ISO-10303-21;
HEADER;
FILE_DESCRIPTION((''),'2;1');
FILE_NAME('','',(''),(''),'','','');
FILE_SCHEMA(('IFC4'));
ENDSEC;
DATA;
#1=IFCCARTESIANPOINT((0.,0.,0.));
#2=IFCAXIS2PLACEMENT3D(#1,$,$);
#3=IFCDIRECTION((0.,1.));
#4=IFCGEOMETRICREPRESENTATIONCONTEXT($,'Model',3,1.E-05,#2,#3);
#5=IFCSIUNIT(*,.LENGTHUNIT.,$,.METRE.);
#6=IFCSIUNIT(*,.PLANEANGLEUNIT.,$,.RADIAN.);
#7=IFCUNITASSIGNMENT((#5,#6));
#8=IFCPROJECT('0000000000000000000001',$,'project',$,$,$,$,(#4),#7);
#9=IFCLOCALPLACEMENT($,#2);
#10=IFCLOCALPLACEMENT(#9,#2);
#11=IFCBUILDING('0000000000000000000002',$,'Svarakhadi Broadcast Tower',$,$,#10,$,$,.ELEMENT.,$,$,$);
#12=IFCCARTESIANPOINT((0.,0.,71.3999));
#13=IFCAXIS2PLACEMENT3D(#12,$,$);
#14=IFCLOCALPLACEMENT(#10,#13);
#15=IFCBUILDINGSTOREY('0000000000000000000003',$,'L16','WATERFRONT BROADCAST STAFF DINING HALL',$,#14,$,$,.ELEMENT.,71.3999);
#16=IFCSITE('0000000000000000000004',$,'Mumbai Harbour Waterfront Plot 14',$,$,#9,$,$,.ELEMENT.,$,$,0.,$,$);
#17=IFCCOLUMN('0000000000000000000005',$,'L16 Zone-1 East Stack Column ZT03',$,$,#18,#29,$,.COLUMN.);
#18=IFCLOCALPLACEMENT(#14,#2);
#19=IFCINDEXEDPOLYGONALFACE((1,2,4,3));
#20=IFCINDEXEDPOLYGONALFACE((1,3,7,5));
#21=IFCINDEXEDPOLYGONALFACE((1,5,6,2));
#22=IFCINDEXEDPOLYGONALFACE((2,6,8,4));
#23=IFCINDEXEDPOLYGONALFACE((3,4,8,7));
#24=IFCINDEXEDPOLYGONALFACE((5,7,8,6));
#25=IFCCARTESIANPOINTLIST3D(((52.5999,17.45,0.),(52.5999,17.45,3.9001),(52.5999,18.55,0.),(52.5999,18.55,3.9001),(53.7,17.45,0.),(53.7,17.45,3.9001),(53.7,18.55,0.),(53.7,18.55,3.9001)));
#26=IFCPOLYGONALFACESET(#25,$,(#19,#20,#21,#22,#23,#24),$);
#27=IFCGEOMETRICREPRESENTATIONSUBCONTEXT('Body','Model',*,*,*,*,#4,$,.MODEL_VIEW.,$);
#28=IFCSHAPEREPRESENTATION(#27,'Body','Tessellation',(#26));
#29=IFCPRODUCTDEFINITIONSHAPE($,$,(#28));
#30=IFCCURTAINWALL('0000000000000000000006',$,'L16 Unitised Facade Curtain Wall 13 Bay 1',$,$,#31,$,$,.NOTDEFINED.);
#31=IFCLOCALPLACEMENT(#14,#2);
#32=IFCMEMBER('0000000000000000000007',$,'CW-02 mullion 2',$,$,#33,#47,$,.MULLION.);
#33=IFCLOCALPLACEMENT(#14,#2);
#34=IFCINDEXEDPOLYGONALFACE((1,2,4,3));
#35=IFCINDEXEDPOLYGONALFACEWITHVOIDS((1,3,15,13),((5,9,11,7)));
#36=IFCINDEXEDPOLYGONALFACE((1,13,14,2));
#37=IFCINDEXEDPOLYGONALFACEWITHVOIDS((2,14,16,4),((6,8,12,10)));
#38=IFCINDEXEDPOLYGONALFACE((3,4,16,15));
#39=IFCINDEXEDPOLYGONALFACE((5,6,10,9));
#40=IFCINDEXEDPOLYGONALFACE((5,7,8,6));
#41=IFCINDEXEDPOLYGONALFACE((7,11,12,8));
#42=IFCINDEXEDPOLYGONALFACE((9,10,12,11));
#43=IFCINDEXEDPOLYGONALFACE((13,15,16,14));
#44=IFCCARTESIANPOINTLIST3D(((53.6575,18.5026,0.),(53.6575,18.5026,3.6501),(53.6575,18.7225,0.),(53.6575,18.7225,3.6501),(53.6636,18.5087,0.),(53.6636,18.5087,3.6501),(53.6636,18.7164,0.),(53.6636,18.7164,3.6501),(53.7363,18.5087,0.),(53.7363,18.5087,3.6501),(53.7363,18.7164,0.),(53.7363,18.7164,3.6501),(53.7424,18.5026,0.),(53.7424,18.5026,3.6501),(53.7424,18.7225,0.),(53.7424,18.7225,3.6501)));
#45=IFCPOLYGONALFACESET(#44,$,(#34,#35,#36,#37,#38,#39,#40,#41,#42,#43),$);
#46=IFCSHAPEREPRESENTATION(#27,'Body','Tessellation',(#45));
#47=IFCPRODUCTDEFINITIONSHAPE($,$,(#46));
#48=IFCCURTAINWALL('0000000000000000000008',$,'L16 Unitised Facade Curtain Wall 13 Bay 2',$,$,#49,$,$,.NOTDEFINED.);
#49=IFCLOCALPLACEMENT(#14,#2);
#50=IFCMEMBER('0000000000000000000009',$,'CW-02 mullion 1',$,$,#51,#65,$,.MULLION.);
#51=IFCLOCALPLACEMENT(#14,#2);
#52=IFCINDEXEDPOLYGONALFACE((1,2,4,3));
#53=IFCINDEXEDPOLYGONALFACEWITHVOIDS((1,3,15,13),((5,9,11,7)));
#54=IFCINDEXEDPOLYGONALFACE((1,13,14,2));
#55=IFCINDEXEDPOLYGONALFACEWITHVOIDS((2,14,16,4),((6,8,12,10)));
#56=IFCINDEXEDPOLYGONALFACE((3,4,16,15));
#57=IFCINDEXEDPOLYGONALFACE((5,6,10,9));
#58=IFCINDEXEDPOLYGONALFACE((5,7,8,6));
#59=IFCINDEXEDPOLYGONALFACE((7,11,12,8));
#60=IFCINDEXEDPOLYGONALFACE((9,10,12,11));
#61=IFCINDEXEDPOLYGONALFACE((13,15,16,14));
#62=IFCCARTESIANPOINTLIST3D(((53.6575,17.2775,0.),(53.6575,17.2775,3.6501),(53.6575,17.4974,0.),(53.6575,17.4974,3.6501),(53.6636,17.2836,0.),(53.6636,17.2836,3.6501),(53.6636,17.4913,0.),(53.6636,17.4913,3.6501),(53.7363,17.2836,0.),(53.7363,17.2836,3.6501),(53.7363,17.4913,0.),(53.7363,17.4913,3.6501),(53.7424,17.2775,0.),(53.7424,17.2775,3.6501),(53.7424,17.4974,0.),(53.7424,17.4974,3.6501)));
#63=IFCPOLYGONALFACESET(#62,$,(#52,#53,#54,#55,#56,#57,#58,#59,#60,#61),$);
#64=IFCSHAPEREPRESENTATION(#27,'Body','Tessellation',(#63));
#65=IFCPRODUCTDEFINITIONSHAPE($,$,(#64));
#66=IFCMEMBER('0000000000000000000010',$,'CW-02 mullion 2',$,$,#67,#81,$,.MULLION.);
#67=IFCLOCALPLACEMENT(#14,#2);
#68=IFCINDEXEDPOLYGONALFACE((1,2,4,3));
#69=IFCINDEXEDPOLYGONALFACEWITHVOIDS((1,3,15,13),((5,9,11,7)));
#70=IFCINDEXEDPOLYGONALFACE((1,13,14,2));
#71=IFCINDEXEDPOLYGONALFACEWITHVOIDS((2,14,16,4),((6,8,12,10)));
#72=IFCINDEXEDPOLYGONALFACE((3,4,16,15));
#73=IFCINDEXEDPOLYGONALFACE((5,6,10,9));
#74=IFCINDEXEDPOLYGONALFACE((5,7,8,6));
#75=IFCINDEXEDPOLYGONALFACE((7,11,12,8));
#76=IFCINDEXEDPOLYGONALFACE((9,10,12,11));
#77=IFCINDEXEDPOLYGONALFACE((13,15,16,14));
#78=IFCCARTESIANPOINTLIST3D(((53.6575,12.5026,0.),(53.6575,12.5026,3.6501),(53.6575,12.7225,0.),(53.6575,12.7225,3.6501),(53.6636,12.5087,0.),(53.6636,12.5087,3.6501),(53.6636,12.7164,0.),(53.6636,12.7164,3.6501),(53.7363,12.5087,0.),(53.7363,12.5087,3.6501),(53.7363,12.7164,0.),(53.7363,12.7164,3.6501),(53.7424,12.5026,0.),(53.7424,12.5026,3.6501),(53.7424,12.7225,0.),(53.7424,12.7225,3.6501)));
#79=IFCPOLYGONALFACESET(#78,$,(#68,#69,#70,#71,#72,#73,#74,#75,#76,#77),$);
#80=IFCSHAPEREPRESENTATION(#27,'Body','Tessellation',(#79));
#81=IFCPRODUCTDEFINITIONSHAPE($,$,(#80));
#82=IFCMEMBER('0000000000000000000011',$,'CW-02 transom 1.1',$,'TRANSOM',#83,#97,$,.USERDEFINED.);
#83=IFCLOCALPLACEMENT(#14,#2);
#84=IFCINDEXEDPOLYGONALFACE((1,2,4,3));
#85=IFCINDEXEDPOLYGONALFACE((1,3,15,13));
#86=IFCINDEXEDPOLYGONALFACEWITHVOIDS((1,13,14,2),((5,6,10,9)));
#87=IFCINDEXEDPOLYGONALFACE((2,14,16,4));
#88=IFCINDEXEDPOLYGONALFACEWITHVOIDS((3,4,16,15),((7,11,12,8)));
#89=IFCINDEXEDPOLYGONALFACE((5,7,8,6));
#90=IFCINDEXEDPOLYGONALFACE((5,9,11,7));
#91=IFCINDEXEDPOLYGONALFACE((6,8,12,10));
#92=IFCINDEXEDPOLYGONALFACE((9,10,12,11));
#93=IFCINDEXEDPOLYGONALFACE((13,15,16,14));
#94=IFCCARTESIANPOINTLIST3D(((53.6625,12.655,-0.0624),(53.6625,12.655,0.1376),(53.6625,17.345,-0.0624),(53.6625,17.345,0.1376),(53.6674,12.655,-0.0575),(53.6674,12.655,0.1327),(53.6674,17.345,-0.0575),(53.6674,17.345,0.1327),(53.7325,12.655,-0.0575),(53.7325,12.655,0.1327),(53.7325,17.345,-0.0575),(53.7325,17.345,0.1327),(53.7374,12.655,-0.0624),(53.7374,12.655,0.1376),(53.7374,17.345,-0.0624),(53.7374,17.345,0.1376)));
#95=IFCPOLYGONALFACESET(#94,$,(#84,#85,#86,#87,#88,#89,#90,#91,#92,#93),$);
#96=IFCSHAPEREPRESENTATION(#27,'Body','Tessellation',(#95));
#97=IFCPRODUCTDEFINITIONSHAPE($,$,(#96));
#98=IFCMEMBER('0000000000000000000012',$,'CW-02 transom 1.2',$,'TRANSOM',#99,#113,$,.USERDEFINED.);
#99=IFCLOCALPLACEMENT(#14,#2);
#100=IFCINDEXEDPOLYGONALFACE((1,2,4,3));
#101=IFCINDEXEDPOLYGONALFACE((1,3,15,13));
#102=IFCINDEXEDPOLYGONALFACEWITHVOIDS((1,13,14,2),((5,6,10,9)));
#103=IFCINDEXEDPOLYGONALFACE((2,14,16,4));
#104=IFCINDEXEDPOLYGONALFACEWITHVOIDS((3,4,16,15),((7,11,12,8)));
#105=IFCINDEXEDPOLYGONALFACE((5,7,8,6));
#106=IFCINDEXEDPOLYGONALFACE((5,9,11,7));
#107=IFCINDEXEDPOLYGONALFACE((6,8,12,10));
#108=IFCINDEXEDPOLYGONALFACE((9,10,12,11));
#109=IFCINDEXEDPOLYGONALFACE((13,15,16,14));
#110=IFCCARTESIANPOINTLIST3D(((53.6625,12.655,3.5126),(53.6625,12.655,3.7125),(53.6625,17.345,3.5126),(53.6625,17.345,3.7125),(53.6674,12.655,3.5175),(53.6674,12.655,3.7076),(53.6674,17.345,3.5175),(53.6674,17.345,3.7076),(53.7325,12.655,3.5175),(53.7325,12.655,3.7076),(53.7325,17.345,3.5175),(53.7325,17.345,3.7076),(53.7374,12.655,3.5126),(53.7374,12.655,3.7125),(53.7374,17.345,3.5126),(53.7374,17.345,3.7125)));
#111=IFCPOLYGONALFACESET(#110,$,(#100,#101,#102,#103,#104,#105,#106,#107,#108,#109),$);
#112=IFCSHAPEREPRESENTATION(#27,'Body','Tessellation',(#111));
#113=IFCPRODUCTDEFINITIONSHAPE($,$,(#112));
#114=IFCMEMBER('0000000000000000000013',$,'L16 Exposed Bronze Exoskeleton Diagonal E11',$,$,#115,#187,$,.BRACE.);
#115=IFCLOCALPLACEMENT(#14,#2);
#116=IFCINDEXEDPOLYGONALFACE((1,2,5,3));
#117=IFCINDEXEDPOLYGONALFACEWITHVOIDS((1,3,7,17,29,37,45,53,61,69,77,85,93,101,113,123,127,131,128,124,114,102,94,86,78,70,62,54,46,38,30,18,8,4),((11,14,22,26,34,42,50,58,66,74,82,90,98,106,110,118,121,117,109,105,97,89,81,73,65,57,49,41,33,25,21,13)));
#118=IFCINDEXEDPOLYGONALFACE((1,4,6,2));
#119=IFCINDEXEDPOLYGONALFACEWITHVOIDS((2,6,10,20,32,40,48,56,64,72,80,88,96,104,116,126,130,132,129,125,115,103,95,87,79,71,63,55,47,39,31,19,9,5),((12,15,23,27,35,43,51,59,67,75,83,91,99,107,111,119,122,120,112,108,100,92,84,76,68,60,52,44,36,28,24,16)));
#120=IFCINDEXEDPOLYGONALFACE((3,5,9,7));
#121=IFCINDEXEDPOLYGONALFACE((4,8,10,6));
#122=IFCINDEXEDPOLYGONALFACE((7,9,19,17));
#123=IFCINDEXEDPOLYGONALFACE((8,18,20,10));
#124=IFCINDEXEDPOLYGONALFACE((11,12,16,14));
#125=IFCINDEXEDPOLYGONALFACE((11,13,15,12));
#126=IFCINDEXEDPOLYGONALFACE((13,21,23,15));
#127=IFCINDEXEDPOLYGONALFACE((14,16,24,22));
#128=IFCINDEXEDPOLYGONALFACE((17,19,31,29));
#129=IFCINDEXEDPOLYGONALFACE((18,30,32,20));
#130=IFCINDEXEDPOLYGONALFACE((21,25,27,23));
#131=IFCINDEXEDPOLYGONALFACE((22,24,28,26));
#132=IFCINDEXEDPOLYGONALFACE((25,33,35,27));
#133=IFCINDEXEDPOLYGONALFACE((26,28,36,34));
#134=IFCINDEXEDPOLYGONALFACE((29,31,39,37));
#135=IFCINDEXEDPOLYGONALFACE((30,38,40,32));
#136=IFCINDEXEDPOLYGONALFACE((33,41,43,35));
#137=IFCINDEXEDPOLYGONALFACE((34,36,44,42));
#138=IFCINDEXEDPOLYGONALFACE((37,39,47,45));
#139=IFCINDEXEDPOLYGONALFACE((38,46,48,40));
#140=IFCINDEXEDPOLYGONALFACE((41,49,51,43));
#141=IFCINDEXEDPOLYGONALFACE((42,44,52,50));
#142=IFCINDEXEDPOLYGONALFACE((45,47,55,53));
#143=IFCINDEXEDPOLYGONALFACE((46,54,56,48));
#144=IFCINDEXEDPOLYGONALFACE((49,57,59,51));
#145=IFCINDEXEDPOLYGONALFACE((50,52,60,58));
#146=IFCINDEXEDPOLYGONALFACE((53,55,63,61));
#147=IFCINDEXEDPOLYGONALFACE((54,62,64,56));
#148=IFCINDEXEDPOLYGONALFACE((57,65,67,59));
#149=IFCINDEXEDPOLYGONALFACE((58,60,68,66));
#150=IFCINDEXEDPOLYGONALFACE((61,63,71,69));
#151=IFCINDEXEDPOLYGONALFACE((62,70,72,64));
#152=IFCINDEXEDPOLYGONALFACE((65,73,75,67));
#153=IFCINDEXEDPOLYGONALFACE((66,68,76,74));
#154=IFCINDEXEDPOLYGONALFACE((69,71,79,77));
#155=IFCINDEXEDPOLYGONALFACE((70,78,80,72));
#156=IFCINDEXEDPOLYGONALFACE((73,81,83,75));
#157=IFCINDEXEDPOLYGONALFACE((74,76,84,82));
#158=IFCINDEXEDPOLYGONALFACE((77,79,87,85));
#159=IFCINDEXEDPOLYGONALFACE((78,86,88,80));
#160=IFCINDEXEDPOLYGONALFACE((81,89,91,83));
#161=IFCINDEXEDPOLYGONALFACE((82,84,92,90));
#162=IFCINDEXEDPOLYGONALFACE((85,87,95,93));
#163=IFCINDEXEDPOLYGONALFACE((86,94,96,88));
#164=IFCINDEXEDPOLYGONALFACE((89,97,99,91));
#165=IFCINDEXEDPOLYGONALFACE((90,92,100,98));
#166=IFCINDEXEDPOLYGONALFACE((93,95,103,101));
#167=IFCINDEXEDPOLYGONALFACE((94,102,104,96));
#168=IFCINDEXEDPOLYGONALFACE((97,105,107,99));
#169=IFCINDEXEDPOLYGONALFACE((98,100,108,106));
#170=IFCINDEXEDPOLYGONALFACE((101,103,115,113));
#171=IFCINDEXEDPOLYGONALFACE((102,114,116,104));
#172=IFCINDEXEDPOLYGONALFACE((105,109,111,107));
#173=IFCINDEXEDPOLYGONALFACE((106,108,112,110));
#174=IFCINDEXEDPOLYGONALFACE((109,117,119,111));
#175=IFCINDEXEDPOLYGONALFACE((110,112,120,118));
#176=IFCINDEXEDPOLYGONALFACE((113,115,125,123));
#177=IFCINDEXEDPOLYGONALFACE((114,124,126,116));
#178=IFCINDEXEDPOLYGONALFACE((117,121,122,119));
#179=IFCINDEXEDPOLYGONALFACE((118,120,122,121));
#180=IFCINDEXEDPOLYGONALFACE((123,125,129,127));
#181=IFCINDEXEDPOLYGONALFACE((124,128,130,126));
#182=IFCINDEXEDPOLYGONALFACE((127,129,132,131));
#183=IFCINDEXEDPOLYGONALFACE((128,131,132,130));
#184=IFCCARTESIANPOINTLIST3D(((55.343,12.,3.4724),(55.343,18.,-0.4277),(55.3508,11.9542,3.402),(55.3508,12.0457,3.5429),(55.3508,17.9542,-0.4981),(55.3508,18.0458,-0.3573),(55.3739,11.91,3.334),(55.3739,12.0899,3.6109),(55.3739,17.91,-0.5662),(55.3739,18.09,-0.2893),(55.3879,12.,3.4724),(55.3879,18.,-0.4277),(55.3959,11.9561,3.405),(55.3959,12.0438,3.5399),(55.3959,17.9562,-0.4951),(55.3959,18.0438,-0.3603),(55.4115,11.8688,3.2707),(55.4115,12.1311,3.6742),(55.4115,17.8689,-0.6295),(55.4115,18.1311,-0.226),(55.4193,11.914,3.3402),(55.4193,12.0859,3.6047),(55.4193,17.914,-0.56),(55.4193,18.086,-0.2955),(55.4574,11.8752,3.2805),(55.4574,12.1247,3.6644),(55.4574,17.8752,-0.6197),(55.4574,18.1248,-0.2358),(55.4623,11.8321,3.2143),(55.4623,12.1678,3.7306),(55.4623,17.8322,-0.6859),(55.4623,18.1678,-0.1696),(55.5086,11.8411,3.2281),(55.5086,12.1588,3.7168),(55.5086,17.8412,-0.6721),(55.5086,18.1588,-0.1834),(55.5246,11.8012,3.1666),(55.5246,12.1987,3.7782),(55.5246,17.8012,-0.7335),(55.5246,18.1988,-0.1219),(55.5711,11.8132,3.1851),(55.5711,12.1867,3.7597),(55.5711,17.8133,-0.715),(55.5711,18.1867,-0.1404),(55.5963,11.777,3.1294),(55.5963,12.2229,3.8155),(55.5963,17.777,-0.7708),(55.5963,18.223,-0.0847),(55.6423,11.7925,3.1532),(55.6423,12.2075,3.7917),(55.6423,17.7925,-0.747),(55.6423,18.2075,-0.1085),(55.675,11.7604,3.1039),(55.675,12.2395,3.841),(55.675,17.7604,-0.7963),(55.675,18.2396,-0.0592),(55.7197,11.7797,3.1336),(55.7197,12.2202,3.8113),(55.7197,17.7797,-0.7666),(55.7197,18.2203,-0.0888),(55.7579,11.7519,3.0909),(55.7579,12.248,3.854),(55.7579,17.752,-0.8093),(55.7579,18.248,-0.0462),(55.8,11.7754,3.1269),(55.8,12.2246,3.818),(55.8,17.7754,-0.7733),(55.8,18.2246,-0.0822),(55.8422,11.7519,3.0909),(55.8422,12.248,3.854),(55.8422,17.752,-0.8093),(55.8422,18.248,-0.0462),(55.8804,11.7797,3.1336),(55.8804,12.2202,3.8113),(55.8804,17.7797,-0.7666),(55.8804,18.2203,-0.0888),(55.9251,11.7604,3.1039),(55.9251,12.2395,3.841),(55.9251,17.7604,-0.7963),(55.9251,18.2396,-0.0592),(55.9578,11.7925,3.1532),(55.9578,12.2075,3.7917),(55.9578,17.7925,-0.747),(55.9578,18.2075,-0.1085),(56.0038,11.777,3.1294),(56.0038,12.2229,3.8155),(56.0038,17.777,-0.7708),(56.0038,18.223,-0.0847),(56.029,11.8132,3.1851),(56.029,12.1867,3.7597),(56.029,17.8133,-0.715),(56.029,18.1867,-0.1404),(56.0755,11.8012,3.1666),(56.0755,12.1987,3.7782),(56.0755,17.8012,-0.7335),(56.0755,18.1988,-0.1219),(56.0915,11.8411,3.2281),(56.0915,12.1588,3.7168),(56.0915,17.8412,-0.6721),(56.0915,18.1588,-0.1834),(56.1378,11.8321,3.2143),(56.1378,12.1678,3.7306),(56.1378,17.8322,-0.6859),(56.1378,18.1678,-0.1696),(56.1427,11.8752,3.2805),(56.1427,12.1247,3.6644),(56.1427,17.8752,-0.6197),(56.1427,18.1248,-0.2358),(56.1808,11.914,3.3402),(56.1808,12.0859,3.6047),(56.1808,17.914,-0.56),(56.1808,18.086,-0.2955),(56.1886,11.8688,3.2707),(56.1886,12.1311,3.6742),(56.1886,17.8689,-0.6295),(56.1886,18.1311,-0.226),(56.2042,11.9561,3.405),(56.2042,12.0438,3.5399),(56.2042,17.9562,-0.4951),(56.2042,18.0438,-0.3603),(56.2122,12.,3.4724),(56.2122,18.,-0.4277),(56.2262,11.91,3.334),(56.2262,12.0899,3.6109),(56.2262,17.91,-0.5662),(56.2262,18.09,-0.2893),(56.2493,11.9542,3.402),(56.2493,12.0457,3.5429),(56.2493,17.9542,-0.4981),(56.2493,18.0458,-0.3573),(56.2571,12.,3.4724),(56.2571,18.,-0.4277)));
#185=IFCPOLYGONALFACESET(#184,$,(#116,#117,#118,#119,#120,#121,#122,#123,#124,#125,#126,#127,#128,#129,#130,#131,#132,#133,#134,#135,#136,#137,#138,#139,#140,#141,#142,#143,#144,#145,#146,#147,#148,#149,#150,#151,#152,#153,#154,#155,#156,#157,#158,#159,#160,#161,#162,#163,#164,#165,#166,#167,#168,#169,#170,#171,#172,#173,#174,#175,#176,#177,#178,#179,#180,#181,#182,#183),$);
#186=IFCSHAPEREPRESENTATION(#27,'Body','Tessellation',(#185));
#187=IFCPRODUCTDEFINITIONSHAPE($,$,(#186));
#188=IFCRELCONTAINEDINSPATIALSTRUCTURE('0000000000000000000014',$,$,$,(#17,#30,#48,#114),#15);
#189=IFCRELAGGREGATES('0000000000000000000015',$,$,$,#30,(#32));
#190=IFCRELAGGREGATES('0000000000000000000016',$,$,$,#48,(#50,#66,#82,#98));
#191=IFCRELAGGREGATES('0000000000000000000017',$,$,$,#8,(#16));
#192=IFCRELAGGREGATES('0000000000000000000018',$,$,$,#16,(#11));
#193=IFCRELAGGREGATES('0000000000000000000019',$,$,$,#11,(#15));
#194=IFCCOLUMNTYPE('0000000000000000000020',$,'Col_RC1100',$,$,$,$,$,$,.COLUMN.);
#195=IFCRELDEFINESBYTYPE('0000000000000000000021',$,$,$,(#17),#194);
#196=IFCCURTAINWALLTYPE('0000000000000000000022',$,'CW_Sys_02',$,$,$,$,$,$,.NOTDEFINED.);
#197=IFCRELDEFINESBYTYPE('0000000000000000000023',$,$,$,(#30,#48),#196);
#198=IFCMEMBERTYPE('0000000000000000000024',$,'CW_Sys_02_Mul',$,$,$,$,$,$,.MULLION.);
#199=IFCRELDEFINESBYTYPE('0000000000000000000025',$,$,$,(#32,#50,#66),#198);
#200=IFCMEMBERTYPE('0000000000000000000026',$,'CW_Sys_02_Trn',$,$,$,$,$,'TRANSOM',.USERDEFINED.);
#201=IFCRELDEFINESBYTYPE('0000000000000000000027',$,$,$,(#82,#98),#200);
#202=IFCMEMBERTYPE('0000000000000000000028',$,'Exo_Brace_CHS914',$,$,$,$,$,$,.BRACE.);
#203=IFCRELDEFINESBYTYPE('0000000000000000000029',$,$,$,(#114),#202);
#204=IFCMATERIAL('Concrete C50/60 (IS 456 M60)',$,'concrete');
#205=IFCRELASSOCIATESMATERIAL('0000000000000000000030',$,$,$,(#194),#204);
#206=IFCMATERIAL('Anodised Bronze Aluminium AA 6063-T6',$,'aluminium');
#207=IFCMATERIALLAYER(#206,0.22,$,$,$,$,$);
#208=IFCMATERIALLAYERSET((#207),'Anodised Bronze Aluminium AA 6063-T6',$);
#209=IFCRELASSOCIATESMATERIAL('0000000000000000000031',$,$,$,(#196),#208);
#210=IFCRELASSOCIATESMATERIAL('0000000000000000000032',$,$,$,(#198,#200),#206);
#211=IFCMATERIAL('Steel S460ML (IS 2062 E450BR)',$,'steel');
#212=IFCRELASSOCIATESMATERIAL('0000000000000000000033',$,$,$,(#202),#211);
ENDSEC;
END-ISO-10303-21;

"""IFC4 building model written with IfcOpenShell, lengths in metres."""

from ifc_helpers import new_model, si_unit, direction, frame, origin, origin_2d, place, context, subcontext, project, spatial, rectangle, hollow_rectangle, hollow_circle, extrude, material, layer, layer_set, material_profile, profile_set, type_object, element, aggregate, save


model = new_model("IFC4")

# Units and contexts
model_context = context("Model", 3, precision=1e-05, world=origin(), true_north=direction((0.0, 1.0)))
body_context = subcontext(model_context, "Body", "Model", "MODEL_VIEW")
ifc_project = project(units=[si_unit("LENGTHUNIT", "METRE"), si_unit("PLANEANGLEUNIT", "RADIAN")], contexts=[model_context])

# Site, building, storey
site_placement = place(None, origin())
site = spatial("IfcSite", under=ifc_project, at=site_placement, Name="Mumbai Harbour Waterfront Plot 14", CompositionType="ELEMENT", RefElevation=0.0)
building_placement = place(site_placement, origin())
building = spatial("IfcBuilding", under=site, at=building_placement, Name="Svarakhadi Broadcast Tower", CompositionType="ELEMENT")
storey_placement = place(building_placement, frame((0.0, 0.0, 71.3999)))
storey = spatial("IfcBuildingStorey", under=building, at=storey_placement, Name="L16", Description="WATERFRONT BROADCAST STAFF DINING HALL", CompositionType="ELEMENT", Elevation=71.3999)

# Column
ifc_material_1 = material(Name="Concrete C50/60 (IS 456 M60)", Category="concrete")
ifc_material_profile_1 = material_profile(ifc_material_1, rectangle(XDim=1.1001, YDim=1.1001, at=origin_2d()), Name="RC 1100x1100")
ifc_profile_set_1 = profile_set([ifc_material_profile_1], Name="Concrete C50/60 (IS 456 M60)")
column_type = type_object("IfcColumnType", Name="Col_RC1100", PredefinedType="COLUMN", material=ifc_profile_set_1)
column_placement = place(storey_placement, frame((53.1499, 18.0, 0.0), z_axis=(0.0, 0.0, 1.0), x_axis=(1.0, 0.0, 0.0)))
element("IfcColumn", 1, at=column_placement, inside=storey, type_object=column_type, Name="L16 Zone-1 East Stack Column ZT03", PredefinedType="COLUMN", context=body_context, shape_type="SweptSolid", body=[
    extrude(rectangle(XDim=1.1001, YDim=1.1001, at=origin_2d()), origin(), (0.0, 0.0, 1.0), 3.9001),
])

# Curtain wall, member
ifc_material_2 = material(Name="Anodised Bronze Aluminium AA 6063-T6", Category="aluminium")
ifc_layer_1 = layer(ifc_material_2, 0.22)
ifc_layer_set_1 = layer_set([ifc_layer_1], Name="Anodised Bronze Aluminium AA 6063-T6")
curtain_wall_type = type_object("IfcCurtainWallType", Name="CW_Sys_02", PredefinedType="NOTDEFINED", material=ifc_layer_set_1)
curtain_wall_1_placement = place(storey_placement, origin())
curtain_wall_1 = element("IfcCurtainWall", 2, at=curtain_wall_1_placement, inside=storey, type_object=curtain_wall_type, Name="L16 Unitised Facade Curtain Wall 13 Bay 1", PredefinedType="NOTDEFINED")
ifc_material_profile_2 = material_profile(ifc_material_2, hollow_rectangle(XDim=0.085, YDim=0.22, WallThickness=0.0061, at=origin_2d()), Name="ALU MULLION 220x85x6")
ifc_profile_set_2 = profile_set([ifc_material_profile_2], Name="Anodised Bronze Aluminium AA 6063-T6")
member_type_1 = type_object("IfcMemberType", Name="CW_Sys_02_Mul", PredefinedType="MULLION", material=ifc_profile_set_2)
member_1_placement = place(storey_placement, frame((53.7, 18.6125, 0.0), z_axis=(0.0, 0.0, 1.0), x_axis=(1.0, 0.0, 0.0)))
member_1 = element("IfcMember", 3, at=member_1_placement, type_object=member_type_1, Name="CW-02 mullion 2", PredefinedType="MULLION", context=body_context, shape_type="SweptSolid", body=[
    extrude(hollow_rectangle(XDim=0.085, YDim=0.22, WallThickness=0.0061, at=origin_2d()), origin(), (0.0, 0.0, 1.0), 3.6501),
])

# Curtain wall, members
curtain_wall_2_placement = place(storey_placement, origin())
curtain_wall_2 = element("IfcCurtainWall", 4, at=curtain_wall_2_placement, inside=storey, type_object=curtain_wall_type, Name="L16 Unitised Facade Curtain Wall 13 Bay 2", PredefinedType="NOTDEFINED")
member_2_placement = place(storey_placement, frame((53.7, 17.3875, 0.0), z_axis=(0.0, 0.0, 1.0), x_axis=(1.0, 0.0, 0.0)))
member_2 = element("IfcMember", 5, at=member_2_placement, type_object=member_type_1, Name="CW-02 mullion 1", PredefinedType="MULLION", context=body_context, shape_type="SweptSolid", body=[
    extrude(hollow_rectangle(XDim=0.085, YDim=0.22, WallThickness=0.0061, at=origin_2d()), origin(), (0.0, 0.0, 1.0), 3.6501),
])
member_3_placement = place(storey_placement, frame((53.7, 12.6125, 0.0), z_axis=(0.0, 0.0, 1.0), x_axis=(1.0, 0.0, 0.0)))
member_3 = element("IfcMember", 6, at=member_3_placement, type_object=member_type_1, Name="CW-02 mullion 2", PredefinedType="MULLION", context=body_context, shape_type="SweptSolid", body=[
    extrude(hollow_rectangle(XDim=0.085, YDim=0.22, WallThickness=0.0061, at=origin_2d()), origin(), (0.0, 0.0, 1.0), 3.6501),
])
ifc_material_profile_3 = material_profile(ifc_material_2, hollow_rectangle(XDim=0.075, YDim=0.2, WallThickness=0.0049, at=origin_2d()), Name="ALU TRANSOM 200x75x5")
ifc_profile_set_3 = profile_set([ifc_material_profile_3], Name="Anodised Bronze Aluminium AA 6063-T6")
member_type_2 = type_object("IfcMemberType", Name="CW_Sys_02_Trn", ElementType="TRANSOM", PredefinedType="USERDEFINED", material=ifc_profile_set_3)
member_4_placement = place(storey_placement, frame((53.7, 17.345, 0.0376), z_axis=(0.0, -1.0, 0.0), x_axis=(1.0, 0.0, 0.0)))
member_4 = element("IfcMember", 7, at=member_4_placement, type_object=member_type_2, Name="CW-02 transom 1.1", ObjectType="TRANSOM", PredefinedType="USERDEFINED", context=body_context, shape_type="SweptSolid", body=[
    extrude(hollow_rectangle(XDim=0.075, YDim=0.2, WallThickness=0.0049, at=origin_2d()), origin(), (0.0, 0.0, 1.0), 4.6899),
])
member_5_placement = place(storey_placement, frame((53.7, 17.345, 3.6125), z_axis=(0.0, -1.0, 0.0), x_axis=(1.0, 0.0, 0.0)))
member_5 = element("IfcMember", 8, at=member_5_placement, type_object=member_type_2, Name="CW-02 transom 1.2", ObjectType="TRANSOM", PredefinedType="USERDEFINED", context=body_context, shape_type="SweptSolid", body=[
    extrude(hollow_rectangle(XDim=0.075, YDim=0.2, WallThickness=0.0049, at=origin_2d()), origin(), (0.0, 0.0, 1.0), 4.6899),
])

# Member
ifc_material_3 = material(Name="Steel S460ML (IS 2062 E450BR)", Category="steel")
ifc_material_profile_4 = material_profile(ifc_material_3, hollow_circle(Radius=0.457, WallThickness=0.0449, at=origin_2d()), Name="CHS 914x45")
ifc_profile_set_4 = profile_set([ifc_material_profile_4], Name="Steel S460ML (IS 2062 E450BR)")
member_type_3 = type_object("IfcMemberType", Name="Exo_Brace_CHS914", PredefinedType="BRACE", material=ifc_profile_set_4)
member_6_placement = place(storey_placement, frame((55.8, 18.0, -0.4277), z_axis=(0.0, -0.838434, 0.545003), x_axis=(1.0, 0.0, 0.0)))
element("IfcMember", 9, at=member_6_placement, inside=storey, type_object=member_type_3, Name="L16 Exposed Bronze Exoskeleton Diagonal E11", PredefinedType="BRACE", context=body_context, shape_type="SweptSolid", body=[
    extrude(hollow_circle(Radius=0.457, WallThickness=0.0449, at=origin_2d()), origin(), (0.0, 0.0, 1.0), 7.1562),
])

aggregate(curtain_wall_1, [member_1])
aggregate(curtain_wall_2, [member_2, member_3, member_4, member_5])

save(model, "model.ifc")
